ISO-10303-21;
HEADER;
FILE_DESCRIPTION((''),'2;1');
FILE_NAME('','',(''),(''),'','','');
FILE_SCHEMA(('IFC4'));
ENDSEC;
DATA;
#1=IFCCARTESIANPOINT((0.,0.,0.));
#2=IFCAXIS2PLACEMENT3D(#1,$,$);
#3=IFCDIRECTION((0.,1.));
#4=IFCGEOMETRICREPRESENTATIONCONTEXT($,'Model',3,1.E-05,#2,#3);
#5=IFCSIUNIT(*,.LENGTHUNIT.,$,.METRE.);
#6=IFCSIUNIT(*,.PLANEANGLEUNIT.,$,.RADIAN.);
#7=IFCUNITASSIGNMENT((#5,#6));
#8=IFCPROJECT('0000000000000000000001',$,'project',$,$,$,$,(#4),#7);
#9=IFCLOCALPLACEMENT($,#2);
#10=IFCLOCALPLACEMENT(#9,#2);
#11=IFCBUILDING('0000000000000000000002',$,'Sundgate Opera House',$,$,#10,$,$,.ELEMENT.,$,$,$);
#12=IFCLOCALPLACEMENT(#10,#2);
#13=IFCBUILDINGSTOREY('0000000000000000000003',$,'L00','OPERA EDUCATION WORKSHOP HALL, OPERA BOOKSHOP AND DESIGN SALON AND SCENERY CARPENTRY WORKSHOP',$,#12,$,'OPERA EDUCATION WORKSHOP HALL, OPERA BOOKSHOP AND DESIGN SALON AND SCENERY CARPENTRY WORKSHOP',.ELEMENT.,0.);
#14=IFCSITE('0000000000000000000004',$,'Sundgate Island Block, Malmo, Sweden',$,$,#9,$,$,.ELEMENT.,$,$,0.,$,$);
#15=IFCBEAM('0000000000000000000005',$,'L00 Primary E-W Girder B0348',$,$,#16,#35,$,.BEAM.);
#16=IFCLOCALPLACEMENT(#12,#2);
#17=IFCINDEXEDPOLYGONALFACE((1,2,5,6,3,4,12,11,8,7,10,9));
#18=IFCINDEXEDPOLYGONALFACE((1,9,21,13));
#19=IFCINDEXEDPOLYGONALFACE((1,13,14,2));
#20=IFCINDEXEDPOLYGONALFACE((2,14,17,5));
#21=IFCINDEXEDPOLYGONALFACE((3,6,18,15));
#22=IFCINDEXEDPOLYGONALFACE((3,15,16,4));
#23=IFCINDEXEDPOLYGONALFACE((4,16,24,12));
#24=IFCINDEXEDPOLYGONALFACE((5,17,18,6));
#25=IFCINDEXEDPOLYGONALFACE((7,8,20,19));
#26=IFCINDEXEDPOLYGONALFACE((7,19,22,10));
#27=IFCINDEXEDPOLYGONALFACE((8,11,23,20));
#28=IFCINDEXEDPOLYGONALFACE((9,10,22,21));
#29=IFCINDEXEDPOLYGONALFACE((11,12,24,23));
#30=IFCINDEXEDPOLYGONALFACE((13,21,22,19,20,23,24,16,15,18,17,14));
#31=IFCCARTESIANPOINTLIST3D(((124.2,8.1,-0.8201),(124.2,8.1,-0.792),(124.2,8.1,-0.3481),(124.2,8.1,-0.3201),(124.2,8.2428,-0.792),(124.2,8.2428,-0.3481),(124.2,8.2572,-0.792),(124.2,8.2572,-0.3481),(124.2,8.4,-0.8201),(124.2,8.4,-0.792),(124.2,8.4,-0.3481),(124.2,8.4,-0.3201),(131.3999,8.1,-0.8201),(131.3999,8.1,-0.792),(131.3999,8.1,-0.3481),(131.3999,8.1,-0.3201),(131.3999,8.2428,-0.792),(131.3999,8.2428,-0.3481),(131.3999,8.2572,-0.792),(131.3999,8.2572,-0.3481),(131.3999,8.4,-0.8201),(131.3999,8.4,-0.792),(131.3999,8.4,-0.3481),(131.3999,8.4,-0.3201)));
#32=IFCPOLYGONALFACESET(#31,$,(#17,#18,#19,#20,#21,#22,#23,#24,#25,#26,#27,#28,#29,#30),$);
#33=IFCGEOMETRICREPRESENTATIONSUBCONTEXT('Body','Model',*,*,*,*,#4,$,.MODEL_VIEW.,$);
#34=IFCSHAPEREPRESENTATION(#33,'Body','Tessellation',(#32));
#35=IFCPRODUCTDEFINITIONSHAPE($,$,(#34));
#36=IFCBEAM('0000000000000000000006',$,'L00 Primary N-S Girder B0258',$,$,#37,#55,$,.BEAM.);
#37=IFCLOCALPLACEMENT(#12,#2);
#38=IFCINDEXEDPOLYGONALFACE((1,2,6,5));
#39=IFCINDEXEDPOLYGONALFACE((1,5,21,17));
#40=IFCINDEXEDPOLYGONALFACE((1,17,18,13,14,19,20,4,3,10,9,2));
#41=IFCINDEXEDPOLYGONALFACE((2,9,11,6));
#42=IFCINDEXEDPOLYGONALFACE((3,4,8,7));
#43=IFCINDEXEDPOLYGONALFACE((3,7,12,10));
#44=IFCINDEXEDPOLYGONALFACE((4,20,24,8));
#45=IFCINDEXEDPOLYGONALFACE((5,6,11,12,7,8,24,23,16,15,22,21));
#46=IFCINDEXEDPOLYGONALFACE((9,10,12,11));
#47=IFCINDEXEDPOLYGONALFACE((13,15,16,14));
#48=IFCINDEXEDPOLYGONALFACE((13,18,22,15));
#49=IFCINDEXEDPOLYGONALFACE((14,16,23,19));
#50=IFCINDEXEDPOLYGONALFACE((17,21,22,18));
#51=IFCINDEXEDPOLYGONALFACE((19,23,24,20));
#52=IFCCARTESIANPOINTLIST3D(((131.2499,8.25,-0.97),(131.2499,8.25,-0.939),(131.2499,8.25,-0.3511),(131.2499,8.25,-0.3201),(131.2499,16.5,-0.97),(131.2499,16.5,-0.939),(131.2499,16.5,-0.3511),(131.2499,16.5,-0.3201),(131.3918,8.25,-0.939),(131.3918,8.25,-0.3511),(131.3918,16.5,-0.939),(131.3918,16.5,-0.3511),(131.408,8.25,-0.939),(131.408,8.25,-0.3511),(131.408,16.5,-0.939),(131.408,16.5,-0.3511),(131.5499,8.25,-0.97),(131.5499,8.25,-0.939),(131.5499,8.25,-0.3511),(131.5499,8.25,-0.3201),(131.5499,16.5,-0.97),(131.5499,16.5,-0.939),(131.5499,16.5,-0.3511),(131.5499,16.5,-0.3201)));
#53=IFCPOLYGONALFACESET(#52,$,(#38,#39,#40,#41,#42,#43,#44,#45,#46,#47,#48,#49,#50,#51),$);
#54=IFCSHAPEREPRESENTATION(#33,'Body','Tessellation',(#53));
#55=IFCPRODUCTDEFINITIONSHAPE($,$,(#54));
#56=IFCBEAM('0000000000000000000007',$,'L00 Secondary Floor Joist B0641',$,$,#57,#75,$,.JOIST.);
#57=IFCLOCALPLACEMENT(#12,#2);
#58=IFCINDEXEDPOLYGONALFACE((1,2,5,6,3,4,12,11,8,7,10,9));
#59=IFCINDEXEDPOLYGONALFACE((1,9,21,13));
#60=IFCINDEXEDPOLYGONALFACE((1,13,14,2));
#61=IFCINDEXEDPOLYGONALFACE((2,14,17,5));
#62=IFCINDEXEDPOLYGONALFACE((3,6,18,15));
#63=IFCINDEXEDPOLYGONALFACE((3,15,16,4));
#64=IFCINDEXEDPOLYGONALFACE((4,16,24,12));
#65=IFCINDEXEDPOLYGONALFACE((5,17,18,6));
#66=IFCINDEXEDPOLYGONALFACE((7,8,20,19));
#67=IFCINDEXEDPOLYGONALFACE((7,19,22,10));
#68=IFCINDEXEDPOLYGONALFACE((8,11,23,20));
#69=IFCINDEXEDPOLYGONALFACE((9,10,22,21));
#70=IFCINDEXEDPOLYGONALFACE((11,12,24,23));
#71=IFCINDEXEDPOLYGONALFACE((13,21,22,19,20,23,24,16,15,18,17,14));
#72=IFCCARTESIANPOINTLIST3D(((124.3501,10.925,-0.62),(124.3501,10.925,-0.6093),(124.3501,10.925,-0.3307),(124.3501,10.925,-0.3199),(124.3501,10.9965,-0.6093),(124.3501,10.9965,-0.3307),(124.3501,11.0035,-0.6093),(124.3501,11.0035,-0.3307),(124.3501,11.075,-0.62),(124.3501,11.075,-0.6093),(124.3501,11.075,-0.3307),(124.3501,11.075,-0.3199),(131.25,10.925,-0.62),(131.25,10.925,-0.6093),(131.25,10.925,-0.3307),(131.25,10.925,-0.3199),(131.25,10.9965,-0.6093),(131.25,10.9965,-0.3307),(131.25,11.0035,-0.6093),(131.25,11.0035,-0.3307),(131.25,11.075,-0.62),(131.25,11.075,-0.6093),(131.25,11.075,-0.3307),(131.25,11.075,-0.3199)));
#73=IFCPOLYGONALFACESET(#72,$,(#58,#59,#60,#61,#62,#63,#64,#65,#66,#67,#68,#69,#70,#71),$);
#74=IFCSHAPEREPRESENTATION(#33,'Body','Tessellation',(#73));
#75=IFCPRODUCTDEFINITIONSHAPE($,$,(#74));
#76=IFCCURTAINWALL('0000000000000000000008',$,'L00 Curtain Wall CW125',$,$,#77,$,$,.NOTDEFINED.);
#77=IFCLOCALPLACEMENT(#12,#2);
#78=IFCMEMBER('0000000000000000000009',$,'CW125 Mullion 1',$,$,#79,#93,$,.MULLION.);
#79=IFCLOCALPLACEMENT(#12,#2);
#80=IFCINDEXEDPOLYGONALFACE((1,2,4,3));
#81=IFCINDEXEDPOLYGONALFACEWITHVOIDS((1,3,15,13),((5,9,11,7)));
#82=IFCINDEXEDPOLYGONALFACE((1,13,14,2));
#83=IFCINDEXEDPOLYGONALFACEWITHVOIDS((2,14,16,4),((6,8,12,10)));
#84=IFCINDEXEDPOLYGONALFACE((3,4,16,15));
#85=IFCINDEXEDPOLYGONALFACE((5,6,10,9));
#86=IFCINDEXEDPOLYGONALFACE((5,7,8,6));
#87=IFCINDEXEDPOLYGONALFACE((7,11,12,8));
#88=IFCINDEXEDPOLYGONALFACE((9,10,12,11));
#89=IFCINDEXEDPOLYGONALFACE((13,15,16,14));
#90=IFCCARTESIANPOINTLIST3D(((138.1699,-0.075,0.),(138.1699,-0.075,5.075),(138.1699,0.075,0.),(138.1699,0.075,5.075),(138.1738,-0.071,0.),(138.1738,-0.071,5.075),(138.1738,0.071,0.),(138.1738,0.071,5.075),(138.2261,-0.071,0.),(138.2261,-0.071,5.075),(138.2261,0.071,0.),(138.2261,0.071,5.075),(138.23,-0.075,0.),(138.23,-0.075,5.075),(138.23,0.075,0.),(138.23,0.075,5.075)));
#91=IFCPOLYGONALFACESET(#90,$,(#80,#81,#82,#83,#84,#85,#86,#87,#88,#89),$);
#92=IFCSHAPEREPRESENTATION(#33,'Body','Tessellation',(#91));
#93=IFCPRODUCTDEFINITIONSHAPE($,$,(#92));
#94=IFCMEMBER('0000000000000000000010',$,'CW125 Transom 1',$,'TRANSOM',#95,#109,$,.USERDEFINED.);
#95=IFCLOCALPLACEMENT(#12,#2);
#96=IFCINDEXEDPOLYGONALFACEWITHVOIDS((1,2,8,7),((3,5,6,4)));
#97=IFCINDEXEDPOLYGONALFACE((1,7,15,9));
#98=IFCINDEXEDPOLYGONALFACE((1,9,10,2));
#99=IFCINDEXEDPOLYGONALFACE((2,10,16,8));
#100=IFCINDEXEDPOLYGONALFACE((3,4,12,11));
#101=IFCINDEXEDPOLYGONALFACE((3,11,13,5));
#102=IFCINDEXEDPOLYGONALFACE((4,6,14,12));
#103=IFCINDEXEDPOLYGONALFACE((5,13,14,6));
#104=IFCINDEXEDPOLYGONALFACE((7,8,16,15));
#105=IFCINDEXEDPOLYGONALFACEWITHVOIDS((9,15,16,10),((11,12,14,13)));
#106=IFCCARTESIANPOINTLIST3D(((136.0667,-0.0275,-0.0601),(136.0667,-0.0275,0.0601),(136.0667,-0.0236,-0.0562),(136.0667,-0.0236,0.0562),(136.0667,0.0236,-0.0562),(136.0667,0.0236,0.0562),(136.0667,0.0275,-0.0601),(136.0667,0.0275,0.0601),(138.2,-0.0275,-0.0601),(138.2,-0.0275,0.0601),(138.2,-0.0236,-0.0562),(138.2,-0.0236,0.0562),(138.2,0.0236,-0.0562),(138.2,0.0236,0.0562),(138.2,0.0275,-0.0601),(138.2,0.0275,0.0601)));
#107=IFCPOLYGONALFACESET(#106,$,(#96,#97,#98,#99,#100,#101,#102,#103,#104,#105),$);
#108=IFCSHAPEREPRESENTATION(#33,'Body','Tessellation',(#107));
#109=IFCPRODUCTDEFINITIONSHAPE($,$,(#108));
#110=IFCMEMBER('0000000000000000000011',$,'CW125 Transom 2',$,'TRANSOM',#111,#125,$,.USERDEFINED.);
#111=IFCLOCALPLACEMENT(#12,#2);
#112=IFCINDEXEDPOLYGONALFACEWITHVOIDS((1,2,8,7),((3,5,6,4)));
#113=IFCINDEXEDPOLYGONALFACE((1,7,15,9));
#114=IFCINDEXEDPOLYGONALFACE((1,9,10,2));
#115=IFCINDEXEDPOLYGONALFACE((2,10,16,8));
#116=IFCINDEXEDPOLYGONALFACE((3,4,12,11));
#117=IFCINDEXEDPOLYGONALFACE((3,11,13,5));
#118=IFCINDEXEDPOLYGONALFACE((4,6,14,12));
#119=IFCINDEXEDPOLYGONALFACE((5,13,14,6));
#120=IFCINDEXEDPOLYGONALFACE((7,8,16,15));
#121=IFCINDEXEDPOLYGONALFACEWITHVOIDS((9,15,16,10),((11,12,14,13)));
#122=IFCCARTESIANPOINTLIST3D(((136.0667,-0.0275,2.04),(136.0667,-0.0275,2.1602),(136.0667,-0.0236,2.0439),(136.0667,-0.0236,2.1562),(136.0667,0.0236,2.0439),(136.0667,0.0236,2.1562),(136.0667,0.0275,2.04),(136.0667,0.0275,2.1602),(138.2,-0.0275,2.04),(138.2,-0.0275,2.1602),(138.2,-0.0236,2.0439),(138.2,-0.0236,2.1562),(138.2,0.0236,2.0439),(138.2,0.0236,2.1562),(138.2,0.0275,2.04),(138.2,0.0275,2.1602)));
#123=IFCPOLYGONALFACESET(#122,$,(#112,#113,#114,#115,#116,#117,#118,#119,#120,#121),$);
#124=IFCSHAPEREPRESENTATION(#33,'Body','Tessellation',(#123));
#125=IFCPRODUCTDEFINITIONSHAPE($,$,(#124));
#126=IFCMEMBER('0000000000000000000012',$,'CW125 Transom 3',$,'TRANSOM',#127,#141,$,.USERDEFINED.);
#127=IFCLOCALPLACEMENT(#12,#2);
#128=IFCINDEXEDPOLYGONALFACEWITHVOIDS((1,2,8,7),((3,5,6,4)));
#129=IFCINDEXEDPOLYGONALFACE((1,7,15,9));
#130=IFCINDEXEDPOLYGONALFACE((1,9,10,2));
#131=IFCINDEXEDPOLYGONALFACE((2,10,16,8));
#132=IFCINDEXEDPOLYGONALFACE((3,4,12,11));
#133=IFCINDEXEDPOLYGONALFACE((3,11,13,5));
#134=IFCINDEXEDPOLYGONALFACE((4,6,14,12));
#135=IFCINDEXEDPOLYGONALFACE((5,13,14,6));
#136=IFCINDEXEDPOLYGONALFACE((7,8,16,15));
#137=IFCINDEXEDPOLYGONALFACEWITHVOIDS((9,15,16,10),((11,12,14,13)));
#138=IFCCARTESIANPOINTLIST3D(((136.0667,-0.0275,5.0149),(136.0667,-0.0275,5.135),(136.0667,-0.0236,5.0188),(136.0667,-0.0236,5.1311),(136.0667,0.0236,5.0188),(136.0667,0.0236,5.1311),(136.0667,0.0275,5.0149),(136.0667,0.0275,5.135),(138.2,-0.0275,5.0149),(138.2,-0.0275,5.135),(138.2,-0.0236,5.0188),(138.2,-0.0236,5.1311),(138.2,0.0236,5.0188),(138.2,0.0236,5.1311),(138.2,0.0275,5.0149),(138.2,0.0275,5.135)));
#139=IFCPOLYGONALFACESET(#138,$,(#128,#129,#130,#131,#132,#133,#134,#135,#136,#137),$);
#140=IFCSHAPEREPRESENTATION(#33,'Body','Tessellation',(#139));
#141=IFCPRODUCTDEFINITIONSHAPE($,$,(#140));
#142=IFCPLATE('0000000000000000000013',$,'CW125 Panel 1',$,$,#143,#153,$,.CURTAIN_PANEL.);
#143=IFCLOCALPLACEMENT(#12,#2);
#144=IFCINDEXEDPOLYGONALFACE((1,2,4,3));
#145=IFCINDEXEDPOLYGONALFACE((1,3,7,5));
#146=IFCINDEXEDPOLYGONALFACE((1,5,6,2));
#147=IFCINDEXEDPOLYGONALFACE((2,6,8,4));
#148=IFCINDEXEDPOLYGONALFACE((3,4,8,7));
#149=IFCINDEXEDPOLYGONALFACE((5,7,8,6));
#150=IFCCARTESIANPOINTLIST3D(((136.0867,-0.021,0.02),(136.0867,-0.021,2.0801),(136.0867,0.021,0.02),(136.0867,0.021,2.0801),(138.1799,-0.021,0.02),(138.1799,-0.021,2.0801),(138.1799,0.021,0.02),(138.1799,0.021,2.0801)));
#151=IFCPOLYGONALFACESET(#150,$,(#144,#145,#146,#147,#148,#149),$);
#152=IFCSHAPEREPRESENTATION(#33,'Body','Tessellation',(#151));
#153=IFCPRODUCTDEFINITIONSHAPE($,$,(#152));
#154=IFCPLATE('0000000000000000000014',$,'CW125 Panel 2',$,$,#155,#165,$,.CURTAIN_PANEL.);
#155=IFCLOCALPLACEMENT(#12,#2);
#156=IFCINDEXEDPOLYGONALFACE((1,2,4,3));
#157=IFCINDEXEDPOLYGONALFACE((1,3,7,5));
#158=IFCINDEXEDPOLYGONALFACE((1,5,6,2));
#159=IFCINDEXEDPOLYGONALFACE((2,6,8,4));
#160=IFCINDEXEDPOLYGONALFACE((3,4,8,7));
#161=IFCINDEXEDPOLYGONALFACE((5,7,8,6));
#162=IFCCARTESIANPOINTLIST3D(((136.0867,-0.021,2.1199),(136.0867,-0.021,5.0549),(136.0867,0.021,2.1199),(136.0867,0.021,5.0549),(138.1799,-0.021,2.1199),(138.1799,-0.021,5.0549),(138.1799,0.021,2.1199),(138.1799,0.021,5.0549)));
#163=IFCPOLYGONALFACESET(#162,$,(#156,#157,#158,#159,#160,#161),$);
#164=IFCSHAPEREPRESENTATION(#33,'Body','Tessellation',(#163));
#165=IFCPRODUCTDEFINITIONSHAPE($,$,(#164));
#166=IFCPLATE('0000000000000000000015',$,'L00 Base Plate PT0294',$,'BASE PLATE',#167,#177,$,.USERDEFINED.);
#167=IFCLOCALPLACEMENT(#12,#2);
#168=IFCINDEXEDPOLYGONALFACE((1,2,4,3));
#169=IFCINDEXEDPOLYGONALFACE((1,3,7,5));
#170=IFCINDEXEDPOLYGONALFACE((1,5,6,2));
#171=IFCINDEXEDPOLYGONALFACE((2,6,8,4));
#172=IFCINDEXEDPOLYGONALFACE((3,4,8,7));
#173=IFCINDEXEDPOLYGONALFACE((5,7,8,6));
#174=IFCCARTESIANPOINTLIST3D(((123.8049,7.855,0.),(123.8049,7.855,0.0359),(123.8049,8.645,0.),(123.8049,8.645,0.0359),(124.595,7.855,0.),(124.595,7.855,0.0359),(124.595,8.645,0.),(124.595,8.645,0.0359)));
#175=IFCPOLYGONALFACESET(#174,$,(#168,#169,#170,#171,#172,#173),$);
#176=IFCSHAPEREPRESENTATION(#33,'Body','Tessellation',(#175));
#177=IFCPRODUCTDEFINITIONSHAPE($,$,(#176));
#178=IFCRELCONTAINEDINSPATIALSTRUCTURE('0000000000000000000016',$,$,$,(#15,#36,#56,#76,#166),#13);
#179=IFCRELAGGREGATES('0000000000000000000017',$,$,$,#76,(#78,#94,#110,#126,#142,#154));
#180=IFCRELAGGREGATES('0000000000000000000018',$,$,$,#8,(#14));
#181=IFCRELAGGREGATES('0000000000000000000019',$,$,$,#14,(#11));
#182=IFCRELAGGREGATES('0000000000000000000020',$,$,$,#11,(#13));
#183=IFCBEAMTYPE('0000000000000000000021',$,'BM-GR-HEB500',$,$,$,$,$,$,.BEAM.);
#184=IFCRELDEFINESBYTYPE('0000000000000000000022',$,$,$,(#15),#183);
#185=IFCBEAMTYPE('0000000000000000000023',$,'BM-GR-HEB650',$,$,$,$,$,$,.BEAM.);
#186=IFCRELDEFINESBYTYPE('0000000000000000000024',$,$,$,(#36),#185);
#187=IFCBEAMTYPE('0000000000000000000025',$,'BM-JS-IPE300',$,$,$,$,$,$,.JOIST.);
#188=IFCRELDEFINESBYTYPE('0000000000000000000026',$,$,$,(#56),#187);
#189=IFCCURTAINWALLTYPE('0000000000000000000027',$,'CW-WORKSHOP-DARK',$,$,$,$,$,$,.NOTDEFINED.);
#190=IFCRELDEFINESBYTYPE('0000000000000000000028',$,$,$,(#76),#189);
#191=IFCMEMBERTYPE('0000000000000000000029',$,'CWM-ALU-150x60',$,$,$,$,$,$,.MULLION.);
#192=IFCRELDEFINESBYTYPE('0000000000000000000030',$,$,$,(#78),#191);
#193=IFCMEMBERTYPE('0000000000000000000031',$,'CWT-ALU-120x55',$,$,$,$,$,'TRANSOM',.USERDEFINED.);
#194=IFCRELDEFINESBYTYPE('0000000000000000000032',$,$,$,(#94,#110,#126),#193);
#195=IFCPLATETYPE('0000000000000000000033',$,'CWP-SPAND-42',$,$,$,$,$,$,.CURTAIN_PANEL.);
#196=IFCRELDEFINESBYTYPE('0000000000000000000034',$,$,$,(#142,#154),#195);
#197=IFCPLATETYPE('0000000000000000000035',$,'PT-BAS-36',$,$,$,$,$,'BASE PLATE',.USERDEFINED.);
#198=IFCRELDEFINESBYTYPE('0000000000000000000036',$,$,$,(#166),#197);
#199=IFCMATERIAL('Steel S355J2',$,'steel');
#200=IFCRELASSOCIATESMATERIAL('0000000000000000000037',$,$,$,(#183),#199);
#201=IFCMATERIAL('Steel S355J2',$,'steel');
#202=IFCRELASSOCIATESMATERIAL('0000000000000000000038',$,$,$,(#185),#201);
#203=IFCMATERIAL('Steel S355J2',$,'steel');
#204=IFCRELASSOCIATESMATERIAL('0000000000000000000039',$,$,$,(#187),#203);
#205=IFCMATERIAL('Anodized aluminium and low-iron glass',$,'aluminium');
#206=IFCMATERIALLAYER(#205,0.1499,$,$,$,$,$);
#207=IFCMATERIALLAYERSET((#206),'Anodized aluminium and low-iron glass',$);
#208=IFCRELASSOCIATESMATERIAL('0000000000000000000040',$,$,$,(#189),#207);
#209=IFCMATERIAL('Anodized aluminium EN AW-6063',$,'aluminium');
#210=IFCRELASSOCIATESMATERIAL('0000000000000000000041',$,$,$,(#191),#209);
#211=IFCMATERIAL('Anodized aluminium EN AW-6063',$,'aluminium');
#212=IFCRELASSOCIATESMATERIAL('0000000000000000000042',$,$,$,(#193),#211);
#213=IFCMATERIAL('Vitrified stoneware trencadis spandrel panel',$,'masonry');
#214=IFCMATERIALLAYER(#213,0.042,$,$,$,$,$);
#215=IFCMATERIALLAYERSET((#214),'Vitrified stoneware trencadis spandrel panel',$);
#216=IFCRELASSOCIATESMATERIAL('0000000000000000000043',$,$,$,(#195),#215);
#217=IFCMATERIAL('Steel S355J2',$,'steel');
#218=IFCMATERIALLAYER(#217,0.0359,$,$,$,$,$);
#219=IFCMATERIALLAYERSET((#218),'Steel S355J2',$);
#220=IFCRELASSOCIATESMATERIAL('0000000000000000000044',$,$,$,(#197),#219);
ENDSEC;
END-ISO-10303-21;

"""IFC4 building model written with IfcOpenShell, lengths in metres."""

from ifc_helpers import new_model, si_unit, direction, frame, origin, origin_2d, place, context, subcontext, project, spatial, rectangle, hollow_rectangle, i_section, extrude, material, layer, layer_set, material_profile, profile_set, type_object, element, aggregate, save


model = new_model("IFC4")

# Units and contexts
model_context = context("Model", 3, precision=1e-05, world=origin(), true_north=direction((0.0, 1.0)))
body_context = subcontext(model_context, "Body", "Model", "MODEL_VIEW")
ifc_project = project(units=[si_unit("LENGTHUNIT", "METRE"), si_unit("PLANEANGLEUNIT", "RADIAN")], contexts=[model_context])

# Site, building, storey
site_placement = place(None, origin())
site = spatial("IfcSite", under=ifc_project, at=site_placement, Name="Sundgate Island Block, Malmo, Sweden", CompositionType="ELEMENT", RefElevation=0.0)
building_placement = place(site_placement, origin())
building = spatial("IfcBuilding", under=site, at=building_placement, Name="Sundgate Opera House", CompositionType="ELEMENT")
storey_placement = place(building_placement, origin())
storey = spatial("IfcBuildingStorey", under=building, at=storey_placement, Name="L00", Description="OPERA EDUCATION WORKSHOP HALL, OPERA BOOKSHOP AND DESIGN SALON AND SCENERY CARPENTRY WORKSHOP", LongName="OPERA EDUCATION WORKSHOP HALL, OPERA BOOKSHOP AND DESIGN SALON AND SCENERY CARPENTRY WORKSHOP", CompositionType="ELEMENT", Elevation=0.0)

# Beams
ifc_material_1 = material(Name="Steel S355J2", Category="steel")
ifc_material_profile_1 = material_profile(ifc_material_1, i_section(OverallWidth=0.3, OverallDepth=0.5, WebThickness=0.0144, FlangeThickness=0.0281, at=origin_2d()), Name="HEB 500")
ifc_profile_set_1 = profile_set([ifc_material_profile_1], Name="Steel S355J2")
beam_type_1 = type_object("IfcBeamType", Name="BM-GR-HEB500", PredefinedType="BEAM", material=ifc_profile_set_1)
beam_1_placement = place(storey_placement, frame((124.2, 8.25, -0.5701), z_axis=(1.0, 0.0, 0.0), x_axis=(0.0, 1.0, 0.0)))
element("IfcBeam", 1, at=beam_1_placement, inside=storey, type_object=beam_type_1, Name="L00 Primary E-W Girder B0348", PredefinedType="BEAM", context=body_context, shape_type="SweptSolid", body=[
    extrude(i_section(OverallWidth=0.3, OverallDepth=0.5, WebThickness=0.0144, FlangeThickness=0.0281, at=origin_2d()), origin(), (0.0, 0.0, 1.0), 7.2),
])
ifc_material_2 = material(Name="Steel S355J2", Category="steel")
ifc_material_profile_2 = material_profile(ifc_material_2, i_section(OverallWidth=0.3, OverallDepth=0.6499, WebThickness=0.0161, FlangeThickness=0.031, at=origin_2d()), Name="HEB 650")
ifc_profile_set_2 = profile_set([ifc_material_profile_2], Name="Steel S355J2")
beam_type_2 = type_object("IfcBeamType", Name="BM-GR-HEB650", PredefinedType="BEAM", material=ifc_profile_set_2)
beam_2_placement = place(storey_placement, frame((131.3999, 8.25, -0.645), z_axis=(0.0, 1.0, 0.0), x_axis=(-1.0, 0.0, 0.0)))
element("IfcBeam", 2, at=beam_2_placement, inside=storey, type_object=beam_type_2, Name="L00 Primary N-S Girder B0258", PredefinedType="BEAM", context=body_context, shape_type="SweptSolid", body=[
    extrude(i_section(OverallWidth=0.3, OverallDepth=0.6499, WebThickness=0.0161, FlangeThickness=0.031, at=origin_2d()), origin(), (0.0, 0.0, 1.0), 8.25),
])
ifc_material_3 = material(Name="Steel S355J2", Category="steel")
ifc_material_profile_3 = material_profile(ifc_material_3, i_section(OverallWidth=0.1499, OverallDepth=0.3, WebThickness=0.0071, FlangeThickness=0.0107, at=origin_2d()), Name="IPE 300")
ifc_profile_set_3 = profile_set([ifc_material_profile_3], Name="Steel S355J2")
beam_type_3 = type_object("IfcBeamType", Name="BM-JS-IPE300", PredefinedType="JOIST", material=ifc_profile_set_3)
beam_3_placement = place(storey_placement, frame((124.3501, 11.0, -0.47), z_axis=(1.0, 0.0, 0.0), x_axis=(0.0, 1.0, 0.0)))
element("IfcBeam", 3, at=beam_3_placement, inside=storey, type_object=beam_type_3, Name="L00 Secondary Floor Joist B0641", PredefinedType="JOIST", context=body_context, shape_type="SweptSolid", body=[
    extrude(i_section(OverallWidth=0.1499, OverallDepth=0.3, WebThickness=0.0071, FlangeThickness=0.0107, at=origin_2d()), origin(), (0.0, 0.0, 1.0), 6.8999),
])

# Curtain wall, members, plates
ifc_material_4 = material(Name="Anodized aluminium and low-iron glass", Category="aluminium")
ifc_layer_1 = layer(ifc_material_4, 0.1499)
ifc_layer_set_1 = layer_set([ifc_layer_1], Name="Anodized aluminium and low-iron glass")
curtain_wall_type = type_object("IfcCurtainWallType", Name="CW-WORKSHOP-DARK", PredefinedType="NOTDEFINED", material=ifc_layer_set_1)
curtain_wall_placement = place(storey_placement, origin())
curtain_wall = element("IfcCurtainWall", 4, at=curtain_wall_placement, inside=storey, type_object=curtain_wall_type, Name="L00 Curtain Wall CW125", PredefinedType="NOTDEFINED")
ifc_material_5 = material(Name="Anodized aluminium EN AW-6063", Category="aluminium")
ifc_material_profile_4 = material_profile(ifc_material_5, hollow_rectangle(XDim=0.0601, YDim=0.1499, WallThickness=0.0039, at=origin_2d()), Name="CWM 150x60x4")
ifc_profile_set_4 = profile_set([ifc_material_profile_4], Name="Anodized aluminium EN AW-6063")
member_type_1 = type_object("IfcMemberType", Name="CWM-ALU-150x60", PredefinedType="MULLION", material=ifc_profile_set_4)
member_1_placement = place(storey_placement, frame((138.2, 0.0, 0.0), z_axis=(0.0, 0.0, 1.0), x_axis=(1.0, 0.0, 0.0)))
member_1 = element("IfcMember", 5, at=member_1_placement, type_object=member_type_1, Name="CW125 Mullion 1", PredefinedType="MULLION", context=body_context, shape_type="SweptSolid", body=[
    extrude(hollow_rectangle(XDim=0.0601, YDim=0.1499, WallThickness=0.0039, at=origin_2d()), origin(), (0.0, 0.0, 1.0), 5.075),
])
ifc_material_6 = material(Name="Anodized aluminium EN AW-6063", Category="aluminium")
ifc_material_profile_5 = material_profile(ifc_material_6, hollow_rectangle(XDim=0.0549, YDim=0.1201, WallThickness=0.0039, at=origin_2d()), Name="CWT 120x55x4")
ifc_profile_set_5 = profile_set([ifc_material_profile_5], Name="Anodized aluminium EN AW-6063")
member_type_2 = type_object("IfcMemberType", Name="CWT-ALU-120x55", ElementType="TRANSOM", PredefinedType="USERDEFINED", material=ifc_profile_set_5)
member_2_placement = place(storey_placement, frame((138.2, 0.0, 0.0), z_axis=(-1.0, 0.0, 0.0), x_axis=(0.0, -1.0, 0.0)))
member_2 = element("IfcMember", 6, at=member_2_placement, type_object=member_type_2, Name="CW125 Transom 1", ObjectType="TRANSOM", PredefinedType="USERDEFINED", context=body_context, shape_type="SweptSolid", body=[
    extrude(hollow_rectangle(XDim=0.0549, YDim=0.1201, WallThickness=0.0039, at=origin_2d()), origin(), (0.0, 0.0, 1.0), 2.1333),
])
member_3_placement = place(storey_placement, frame((138.2, 0.0, 2.1001), z_axis=(-1.0, 0.0, 0.0), x_axis=(0.0, -1.0, 0.0)))
member_3 = element("IfcMember", 7, at=member_3_placement, type_object=member_type_2, Name="CW125 Transom 2", ObjectType="TRANSOM", PredefinedType="USERDEFINED", context=body_context, shape_type="SweptSolid", body=[
    extrude(hollow_rectangle(XDim=0.0549, YDim=0.1201, WallThickness=0.0039, at=origin_2d()), origin(), (0.0, 0.0, 1.0), 2.1333),
])
member_4_placement = place(storey_placement, frame((138.2, 0.0, 5.075), z_axis=(-1.0, 0.0, 0.0), x_axis=(0.0, -1.0, 0.0)))
member_4 = element("IfcMember", 8, at=member_4_placement, type_object=member_type_2, Name="CW125 Transom 3", ObjectType="TRANSOM", PredefinedType="USERDEFINED", context=body_context, shape_type="SweptSolid", body=[
    extrude(hollow_rectangle(XDim=0.0549, YDim=0.1201, WallThickness=0.0039, at=origin_2d()), origin(), (0.0, 0.0, 1.0), 2.1333),
])
ifc_material_7 = material(Name="Vitrified stoneware trencadis spandrel panel", Category="masonry")
ifc_layer_2 = layer(ifc_material_7, 0.042)
ifc_layer_set_2 = layer_set([ifc_layer_2], Name="Vitrified stoneware trencadis spandrel panel")
plate_type_1 = type_object("IfcPlateType", Name="CWP-SPAND-42", PredefinedType="CURTAIN_PANEL", material=ifc_layer_set_2)
plate_1_placement = place(storey_placement, frame((137.1333, 0.0, 0.02), z_axis=(0.0, 0.0, 1.0), x_axis=(-1.0, 0.0, 0.0)))
plate_1 = element("IfcPlate", 9, at=plate_1_placement, type_object=plate_type_1, Name="CW125 Panel 1", PredefinedType="CURTAIN_PANEL", context=body_context, shape_type="SweptSolid", body=[
    extrude(rectangle(XDim=2.0933, YDim=0.042, at=origin_2d()), origin(), (0.0, 0.0, 1.0), 2.0601),
])
plate_2_placement = place(storey_placement, frame((137.1333, 0.0, 2.1199), z_axis=(0.0, 0.0, 1.0), x_axis=(-1.0, 0.0, 0.0)))
plate_2 = element("IfcPlate", 10, at=plate_2_placement, type_object=plate_type_1, Name="CW125 Panel 2", PredefinedType="CURTAIN_PANEL", context=body_context, shape_type="SweptSolid", body=[
    extrude(rectangle(XDim=2.0933, YDim=0.042, at=origin_2d()), origin(), (0.0, 0.0, 1.0), 2.9351),
])
aggregate(curtain_wall, [member_1, member_2, member_3, member_4, plate_1, plate_2])

# Plate
ifc_material_8 = material(Name="Steel S355J2", Category="steel")
ifc_layer_3 = layer(ifc_material_8, 0.0359)
ifc_layer_set_3 = layer_set([ifc_layer_3], Name="Steel S355J2")
plate_type_2 = type_object("IfcPlateType", Name="PT-BAS-36", ElementType="BASE PLATE", PredefinedType="USERDEFINED", material=ifc_layer_set_3)
plate_3_placement = place(storey_placement, frame((124.2, 8.25, 0.0), z_axis=(0.0, 0.0, 1.0), x_axis=(1.0, 0.0, 0.0)))
element("IfcPlate", 11, at=plate_3_placement, inside=storey, type_object=plate_type_2, Name="L00 Base Plate PT0294", ObjectType="BASE PLATE", PredefinedType="USERDEFINED", context=body_context, shape_type="SweptSolid", body=[
    extrude(rectangle(XDim=0.79, YDim=0.79, at=origin_2d()), origin(), (0.0, 0.0, 1.0), 0.0359),
])

save(model, "model.ifc")
